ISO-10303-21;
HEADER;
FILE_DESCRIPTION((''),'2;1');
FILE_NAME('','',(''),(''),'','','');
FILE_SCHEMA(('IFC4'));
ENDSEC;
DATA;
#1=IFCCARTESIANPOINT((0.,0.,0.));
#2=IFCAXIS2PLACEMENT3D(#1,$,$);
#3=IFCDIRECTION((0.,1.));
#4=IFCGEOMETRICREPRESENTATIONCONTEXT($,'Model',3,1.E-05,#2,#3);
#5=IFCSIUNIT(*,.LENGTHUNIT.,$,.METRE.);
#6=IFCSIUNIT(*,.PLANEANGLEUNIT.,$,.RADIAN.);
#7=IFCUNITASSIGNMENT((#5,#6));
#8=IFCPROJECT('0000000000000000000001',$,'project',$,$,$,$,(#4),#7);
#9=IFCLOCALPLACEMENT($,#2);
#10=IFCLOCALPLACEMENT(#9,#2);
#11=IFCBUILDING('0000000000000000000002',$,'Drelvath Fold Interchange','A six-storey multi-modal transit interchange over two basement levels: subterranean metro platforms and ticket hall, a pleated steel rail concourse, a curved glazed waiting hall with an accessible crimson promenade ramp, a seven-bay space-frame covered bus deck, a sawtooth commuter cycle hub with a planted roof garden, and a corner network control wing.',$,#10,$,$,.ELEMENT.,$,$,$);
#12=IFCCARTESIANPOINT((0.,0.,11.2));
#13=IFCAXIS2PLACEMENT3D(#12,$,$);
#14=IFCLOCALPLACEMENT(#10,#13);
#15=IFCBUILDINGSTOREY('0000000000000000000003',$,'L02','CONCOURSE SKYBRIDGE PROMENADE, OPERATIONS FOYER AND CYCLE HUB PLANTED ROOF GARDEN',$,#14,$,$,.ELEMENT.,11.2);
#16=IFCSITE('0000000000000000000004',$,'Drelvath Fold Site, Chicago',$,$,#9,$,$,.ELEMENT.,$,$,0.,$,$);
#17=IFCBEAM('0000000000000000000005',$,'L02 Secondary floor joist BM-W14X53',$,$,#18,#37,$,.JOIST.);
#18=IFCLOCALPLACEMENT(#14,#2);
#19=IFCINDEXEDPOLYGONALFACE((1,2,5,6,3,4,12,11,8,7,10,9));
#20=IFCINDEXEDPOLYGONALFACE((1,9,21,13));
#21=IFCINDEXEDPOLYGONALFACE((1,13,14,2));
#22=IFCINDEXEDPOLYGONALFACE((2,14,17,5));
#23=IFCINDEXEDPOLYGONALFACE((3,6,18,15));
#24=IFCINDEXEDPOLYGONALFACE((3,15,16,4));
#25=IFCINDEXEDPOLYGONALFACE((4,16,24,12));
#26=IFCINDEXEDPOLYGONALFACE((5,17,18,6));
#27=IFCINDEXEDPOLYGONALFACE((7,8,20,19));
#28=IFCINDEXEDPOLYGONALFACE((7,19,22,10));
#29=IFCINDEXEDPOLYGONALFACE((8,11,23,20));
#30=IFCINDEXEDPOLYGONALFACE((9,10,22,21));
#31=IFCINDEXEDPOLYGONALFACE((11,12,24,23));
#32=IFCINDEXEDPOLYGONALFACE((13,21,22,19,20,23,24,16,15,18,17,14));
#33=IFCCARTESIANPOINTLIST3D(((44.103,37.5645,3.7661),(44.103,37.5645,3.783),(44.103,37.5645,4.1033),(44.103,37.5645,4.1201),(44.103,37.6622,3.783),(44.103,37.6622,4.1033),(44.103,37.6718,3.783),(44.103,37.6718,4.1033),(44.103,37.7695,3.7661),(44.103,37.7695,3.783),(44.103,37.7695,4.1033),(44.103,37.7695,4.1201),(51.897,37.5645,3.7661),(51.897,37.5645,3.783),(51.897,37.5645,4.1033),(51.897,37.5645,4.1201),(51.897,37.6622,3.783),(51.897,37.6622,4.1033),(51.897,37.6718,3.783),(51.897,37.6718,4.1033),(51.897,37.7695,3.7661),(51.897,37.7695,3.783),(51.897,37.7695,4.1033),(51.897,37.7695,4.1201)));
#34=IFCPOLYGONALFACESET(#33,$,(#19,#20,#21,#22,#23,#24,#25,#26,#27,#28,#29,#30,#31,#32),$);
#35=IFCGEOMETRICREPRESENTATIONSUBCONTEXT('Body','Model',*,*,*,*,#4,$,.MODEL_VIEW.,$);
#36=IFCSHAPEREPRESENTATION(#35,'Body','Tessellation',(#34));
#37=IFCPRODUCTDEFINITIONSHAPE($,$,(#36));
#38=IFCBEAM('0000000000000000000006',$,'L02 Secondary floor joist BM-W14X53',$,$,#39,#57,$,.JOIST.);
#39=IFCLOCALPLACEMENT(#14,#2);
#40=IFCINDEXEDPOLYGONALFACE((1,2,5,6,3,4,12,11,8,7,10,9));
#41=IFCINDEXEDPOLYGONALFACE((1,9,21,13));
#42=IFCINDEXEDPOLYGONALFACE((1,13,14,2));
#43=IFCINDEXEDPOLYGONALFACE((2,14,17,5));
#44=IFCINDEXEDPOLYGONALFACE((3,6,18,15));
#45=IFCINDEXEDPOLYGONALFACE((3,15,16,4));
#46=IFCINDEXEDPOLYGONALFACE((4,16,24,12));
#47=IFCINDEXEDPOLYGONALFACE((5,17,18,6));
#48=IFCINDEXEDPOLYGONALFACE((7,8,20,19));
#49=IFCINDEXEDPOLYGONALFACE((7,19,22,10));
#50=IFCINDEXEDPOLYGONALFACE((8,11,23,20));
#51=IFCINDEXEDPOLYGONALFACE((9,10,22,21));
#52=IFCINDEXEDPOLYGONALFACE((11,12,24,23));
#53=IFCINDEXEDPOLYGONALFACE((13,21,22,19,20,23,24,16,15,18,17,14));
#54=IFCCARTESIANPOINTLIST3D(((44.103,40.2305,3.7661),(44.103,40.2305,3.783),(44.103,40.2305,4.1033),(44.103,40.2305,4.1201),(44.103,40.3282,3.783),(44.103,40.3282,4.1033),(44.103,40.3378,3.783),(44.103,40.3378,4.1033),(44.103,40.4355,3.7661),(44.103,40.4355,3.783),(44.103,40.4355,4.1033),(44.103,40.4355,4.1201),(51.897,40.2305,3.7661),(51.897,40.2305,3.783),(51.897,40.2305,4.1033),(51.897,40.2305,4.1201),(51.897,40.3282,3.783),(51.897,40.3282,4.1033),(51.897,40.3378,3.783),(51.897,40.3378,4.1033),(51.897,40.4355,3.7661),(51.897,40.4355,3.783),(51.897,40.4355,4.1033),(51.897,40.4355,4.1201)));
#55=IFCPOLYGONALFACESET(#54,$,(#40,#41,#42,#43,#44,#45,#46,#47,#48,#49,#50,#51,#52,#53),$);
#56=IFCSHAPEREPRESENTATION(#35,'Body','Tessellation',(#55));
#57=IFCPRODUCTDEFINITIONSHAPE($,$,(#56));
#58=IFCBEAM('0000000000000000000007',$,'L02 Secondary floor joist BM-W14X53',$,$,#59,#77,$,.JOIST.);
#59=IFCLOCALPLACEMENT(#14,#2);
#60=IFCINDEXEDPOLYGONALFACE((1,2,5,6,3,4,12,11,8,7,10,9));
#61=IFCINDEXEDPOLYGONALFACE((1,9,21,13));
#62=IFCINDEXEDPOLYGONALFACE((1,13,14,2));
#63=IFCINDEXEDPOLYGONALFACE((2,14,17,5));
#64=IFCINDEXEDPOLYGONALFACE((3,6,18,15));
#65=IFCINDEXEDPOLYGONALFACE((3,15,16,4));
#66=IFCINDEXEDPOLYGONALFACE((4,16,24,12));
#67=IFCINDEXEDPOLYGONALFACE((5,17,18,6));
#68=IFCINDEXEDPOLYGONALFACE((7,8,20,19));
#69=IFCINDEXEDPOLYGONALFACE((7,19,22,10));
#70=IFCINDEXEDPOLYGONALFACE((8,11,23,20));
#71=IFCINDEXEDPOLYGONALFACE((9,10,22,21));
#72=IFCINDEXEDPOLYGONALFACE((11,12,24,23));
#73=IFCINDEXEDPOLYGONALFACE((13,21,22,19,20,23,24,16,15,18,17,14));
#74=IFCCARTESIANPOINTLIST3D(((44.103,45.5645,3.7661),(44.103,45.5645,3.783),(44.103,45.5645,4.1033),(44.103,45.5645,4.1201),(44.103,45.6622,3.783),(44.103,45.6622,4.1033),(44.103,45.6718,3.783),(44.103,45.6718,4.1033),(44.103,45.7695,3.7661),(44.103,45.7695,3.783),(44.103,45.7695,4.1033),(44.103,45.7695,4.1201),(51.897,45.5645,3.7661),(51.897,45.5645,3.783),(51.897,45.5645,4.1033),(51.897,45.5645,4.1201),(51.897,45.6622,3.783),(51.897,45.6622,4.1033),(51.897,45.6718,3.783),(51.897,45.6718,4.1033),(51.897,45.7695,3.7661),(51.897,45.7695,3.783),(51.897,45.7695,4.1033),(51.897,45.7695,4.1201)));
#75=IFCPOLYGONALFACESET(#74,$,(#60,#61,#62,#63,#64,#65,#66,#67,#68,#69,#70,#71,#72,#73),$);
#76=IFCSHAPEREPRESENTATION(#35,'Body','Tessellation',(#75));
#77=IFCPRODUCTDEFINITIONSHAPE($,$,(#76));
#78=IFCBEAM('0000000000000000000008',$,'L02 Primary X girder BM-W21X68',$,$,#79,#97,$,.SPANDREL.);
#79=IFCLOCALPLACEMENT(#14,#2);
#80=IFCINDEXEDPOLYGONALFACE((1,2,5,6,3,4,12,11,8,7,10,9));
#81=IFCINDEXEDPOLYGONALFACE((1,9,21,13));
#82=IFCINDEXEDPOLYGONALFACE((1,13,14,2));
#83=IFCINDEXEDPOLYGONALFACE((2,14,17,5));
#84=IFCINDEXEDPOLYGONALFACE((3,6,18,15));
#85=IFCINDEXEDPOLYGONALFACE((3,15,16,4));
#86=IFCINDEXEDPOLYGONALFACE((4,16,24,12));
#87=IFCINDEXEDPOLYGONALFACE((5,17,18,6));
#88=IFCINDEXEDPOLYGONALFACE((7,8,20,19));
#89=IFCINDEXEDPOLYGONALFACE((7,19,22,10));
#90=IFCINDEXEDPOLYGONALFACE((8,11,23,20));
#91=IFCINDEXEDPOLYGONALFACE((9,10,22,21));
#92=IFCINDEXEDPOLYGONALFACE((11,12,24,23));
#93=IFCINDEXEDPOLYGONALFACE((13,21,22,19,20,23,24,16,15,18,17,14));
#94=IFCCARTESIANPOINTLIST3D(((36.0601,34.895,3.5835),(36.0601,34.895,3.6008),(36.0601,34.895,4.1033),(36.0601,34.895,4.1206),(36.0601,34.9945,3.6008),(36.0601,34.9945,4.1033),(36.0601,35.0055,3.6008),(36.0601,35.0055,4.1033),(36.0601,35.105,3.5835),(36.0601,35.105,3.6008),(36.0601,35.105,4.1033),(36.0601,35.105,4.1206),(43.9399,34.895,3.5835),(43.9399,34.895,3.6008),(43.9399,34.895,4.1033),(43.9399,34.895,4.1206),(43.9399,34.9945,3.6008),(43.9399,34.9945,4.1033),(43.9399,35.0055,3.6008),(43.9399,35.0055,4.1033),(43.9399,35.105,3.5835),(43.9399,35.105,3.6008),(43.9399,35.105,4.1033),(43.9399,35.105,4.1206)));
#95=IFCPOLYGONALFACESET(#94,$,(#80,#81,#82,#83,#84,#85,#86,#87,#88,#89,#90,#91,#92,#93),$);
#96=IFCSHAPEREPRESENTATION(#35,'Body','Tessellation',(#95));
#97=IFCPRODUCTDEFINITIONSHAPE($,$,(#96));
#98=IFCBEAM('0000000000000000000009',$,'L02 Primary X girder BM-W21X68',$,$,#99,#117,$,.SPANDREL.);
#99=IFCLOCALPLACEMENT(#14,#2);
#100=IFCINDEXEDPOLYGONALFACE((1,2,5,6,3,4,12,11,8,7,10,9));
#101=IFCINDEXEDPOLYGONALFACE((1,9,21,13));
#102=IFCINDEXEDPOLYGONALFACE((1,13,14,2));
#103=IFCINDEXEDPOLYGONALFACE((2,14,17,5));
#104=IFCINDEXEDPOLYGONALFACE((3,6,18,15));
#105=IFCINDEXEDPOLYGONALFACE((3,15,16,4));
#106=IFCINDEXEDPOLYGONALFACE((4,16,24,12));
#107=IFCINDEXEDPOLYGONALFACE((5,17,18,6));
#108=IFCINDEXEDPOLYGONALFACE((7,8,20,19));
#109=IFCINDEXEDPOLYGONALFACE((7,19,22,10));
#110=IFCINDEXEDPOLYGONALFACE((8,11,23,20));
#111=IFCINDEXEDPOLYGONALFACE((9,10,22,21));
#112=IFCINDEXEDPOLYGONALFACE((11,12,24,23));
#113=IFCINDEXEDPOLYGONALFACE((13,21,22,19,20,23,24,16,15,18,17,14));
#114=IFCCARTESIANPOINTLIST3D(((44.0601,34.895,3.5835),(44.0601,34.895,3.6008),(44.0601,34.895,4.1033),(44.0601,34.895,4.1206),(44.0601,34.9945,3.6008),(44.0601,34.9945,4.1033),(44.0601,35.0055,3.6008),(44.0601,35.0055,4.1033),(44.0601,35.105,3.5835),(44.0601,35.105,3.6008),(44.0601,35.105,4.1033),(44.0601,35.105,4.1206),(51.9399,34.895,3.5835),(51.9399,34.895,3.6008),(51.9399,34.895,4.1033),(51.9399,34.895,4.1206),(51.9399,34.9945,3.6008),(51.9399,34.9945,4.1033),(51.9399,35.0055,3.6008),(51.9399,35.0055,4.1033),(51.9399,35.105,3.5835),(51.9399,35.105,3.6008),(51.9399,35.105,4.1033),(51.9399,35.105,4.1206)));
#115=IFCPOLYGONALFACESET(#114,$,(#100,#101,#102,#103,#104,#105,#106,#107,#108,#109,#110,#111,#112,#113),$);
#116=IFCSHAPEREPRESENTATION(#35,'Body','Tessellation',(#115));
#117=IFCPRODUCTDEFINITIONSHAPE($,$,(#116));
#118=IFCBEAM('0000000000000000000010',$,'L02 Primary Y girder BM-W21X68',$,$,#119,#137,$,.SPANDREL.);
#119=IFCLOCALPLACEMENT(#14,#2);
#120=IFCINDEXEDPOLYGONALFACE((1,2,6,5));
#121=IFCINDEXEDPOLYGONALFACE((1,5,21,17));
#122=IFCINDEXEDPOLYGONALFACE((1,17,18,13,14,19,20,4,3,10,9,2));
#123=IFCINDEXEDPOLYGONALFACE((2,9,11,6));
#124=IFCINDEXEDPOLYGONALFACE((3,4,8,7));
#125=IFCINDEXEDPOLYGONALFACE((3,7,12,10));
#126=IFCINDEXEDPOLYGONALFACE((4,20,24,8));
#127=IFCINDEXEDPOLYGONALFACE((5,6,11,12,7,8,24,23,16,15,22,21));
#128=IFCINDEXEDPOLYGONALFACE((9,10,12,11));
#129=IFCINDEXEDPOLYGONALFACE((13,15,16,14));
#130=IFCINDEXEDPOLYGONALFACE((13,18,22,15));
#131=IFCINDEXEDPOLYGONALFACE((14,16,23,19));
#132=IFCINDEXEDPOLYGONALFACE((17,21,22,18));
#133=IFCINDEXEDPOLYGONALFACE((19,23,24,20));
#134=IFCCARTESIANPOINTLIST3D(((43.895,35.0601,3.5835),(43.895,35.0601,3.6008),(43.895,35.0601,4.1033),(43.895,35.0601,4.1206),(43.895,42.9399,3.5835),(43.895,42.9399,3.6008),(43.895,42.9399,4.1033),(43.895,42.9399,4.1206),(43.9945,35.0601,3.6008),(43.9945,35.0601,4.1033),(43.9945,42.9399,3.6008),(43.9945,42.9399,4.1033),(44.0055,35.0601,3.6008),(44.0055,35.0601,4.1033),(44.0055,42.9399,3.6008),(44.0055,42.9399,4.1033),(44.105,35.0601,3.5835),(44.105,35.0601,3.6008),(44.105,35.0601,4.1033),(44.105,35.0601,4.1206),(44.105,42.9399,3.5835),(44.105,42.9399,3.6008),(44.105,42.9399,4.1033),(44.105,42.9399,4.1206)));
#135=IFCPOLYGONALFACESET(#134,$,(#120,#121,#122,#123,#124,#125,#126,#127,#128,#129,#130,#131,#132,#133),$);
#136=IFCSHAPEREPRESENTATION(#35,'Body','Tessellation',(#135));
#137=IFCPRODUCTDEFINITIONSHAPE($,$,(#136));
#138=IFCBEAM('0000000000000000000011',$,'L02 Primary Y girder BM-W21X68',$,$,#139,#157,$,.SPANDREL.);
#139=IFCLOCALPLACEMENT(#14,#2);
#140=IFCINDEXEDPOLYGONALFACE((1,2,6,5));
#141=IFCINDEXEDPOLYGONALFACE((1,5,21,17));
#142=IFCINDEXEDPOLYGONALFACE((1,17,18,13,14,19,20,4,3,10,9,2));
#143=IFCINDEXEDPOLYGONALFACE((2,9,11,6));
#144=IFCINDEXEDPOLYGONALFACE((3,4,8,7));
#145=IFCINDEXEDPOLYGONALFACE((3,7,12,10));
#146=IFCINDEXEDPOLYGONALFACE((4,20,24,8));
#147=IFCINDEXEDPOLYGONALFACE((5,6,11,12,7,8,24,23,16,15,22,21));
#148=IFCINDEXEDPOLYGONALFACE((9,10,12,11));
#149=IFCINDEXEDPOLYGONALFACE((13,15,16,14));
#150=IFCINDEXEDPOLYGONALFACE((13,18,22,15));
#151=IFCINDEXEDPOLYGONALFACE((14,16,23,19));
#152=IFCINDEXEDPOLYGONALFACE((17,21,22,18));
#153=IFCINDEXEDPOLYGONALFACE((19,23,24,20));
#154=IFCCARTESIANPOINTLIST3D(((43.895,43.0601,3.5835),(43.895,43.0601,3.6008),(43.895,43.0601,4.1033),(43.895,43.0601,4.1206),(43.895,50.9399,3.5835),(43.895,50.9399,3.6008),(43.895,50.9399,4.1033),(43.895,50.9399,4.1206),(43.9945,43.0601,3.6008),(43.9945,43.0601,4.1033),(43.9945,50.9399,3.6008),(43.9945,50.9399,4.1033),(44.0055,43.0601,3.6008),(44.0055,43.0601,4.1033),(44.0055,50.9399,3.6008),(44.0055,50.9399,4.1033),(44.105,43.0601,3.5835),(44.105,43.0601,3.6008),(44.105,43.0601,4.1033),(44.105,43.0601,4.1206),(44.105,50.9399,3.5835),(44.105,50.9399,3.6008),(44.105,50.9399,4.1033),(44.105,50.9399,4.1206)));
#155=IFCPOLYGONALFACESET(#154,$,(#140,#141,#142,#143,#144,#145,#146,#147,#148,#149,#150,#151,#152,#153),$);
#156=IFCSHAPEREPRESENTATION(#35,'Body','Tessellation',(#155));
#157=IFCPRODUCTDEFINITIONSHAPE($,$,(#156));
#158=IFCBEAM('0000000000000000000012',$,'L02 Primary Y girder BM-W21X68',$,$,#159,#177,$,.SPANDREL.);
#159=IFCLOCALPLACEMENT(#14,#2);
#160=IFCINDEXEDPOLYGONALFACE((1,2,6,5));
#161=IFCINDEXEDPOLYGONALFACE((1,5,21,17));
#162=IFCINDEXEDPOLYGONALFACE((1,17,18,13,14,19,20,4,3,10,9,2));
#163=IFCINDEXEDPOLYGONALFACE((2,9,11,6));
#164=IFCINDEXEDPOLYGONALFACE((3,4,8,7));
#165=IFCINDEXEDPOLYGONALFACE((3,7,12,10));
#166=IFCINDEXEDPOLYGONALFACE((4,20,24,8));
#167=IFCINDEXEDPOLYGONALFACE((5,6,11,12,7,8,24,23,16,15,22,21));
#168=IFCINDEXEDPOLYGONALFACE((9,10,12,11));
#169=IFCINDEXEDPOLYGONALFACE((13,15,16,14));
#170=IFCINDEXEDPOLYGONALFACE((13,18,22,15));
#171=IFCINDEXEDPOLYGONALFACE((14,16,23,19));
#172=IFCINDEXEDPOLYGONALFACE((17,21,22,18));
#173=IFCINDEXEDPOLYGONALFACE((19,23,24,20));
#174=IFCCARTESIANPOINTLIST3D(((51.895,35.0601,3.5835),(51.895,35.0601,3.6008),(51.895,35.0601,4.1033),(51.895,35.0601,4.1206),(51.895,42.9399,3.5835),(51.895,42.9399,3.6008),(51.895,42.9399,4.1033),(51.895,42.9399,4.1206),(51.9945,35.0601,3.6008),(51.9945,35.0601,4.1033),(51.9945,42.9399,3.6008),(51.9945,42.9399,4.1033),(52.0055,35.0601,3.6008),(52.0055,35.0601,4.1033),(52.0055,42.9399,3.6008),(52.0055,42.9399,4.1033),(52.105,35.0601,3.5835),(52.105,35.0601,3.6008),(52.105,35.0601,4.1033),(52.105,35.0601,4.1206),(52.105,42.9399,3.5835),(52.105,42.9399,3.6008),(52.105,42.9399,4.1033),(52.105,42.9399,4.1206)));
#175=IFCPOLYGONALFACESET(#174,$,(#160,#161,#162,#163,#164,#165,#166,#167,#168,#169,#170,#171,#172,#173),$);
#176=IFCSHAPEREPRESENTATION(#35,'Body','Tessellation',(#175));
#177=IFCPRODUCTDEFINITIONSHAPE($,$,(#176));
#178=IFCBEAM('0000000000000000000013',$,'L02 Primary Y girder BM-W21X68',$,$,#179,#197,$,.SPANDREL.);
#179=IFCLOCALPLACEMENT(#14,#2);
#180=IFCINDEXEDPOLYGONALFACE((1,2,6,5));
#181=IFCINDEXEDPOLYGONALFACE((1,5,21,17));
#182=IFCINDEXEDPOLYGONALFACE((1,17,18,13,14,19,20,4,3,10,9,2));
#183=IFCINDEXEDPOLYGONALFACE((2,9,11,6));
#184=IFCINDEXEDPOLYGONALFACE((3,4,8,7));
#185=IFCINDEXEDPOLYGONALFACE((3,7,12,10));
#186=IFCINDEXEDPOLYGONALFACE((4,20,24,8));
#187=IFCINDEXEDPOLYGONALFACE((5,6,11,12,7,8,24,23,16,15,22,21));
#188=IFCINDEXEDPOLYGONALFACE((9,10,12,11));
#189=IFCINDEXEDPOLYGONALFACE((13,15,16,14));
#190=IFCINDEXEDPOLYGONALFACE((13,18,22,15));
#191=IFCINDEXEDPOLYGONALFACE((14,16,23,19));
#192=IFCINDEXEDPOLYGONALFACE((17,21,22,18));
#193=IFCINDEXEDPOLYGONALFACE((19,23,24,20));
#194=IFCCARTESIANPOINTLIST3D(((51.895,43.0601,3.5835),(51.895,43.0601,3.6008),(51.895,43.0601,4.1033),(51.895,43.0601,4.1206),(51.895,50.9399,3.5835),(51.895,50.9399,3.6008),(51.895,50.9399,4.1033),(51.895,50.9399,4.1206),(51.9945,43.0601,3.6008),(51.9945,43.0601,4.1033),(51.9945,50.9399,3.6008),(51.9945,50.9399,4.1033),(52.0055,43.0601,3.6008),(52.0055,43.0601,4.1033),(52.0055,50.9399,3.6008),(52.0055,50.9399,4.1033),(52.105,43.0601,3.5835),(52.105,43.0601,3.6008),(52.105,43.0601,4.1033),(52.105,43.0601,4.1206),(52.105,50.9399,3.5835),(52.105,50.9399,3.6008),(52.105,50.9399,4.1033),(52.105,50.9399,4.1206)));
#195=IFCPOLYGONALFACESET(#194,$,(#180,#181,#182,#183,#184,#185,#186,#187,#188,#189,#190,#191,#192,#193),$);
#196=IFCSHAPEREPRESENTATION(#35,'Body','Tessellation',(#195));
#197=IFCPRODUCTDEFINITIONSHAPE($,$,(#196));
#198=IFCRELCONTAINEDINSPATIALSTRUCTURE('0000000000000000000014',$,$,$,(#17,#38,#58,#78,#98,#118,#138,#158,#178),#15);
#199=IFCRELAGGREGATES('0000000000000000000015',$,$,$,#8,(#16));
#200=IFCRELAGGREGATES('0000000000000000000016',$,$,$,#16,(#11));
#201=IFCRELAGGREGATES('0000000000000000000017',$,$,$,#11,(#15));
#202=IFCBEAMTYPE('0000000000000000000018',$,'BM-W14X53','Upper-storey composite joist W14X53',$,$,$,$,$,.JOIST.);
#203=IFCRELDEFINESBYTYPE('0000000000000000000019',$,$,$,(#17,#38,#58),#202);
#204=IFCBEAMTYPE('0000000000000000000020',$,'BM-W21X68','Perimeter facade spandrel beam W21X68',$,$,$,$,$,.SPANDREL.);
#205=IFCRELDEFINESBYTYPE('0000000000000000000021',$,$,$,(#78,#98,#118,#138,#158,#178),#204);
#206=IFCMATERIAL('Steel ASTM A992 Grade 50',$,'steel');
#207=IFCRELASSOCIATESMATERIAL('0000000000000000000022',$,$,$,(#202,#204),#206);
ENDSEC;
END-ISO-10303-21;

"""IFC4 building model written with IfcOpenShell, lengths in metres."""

from ifc_helpers import new_model, si_unit, direction, frame, origin, origin_2d, place, context, subcontext, project, spatial, i_section, extrude, material, material_profile, profile_set, type_object, element, save


model = new_model("IFC4")

# Units and contexts
model_context = context("Model", 3, precision=1e-05, world=origin(), true_north=direction((0.0, 1.0)))
body_context = subcontext(model_context, "Body", "Model", "MODEL_VIEW")
ifc_project = project(units=[si_unit("LENGTHUNIT", "METRE"), si_unit("PLANEANGLEUNIT", "RADIAN")], contexts=[model_context])

# Site, building, storey
site_placement = place(None, origin())
site = spatial("IfcSite", under=ifc_project, at=site_placement, Name="Drelvath Fold Site, Chicago", CompositionType="ELEMENT", RefElevation=0.0)
building_placement = place(site_placement, origin())
building = spatial("IfcBuilding", under=site, at=building_placement, Name="Drelvath Fold Interchange", Description="A six-storey multi-modal transit interchange over two basement levels: subterranean metro platforms and ticket hall, a pleated steel rail concourse, a curved glazed waiting hall with an accessible crimson promenade ramp, a seven-bay space-frame covered bus deck, a sawtooth commuter cycle hub with a planted roof garden, and a corner network control wing.", CompositionType="ELEMENT")
storey_placement = place(building_placement, frame((0.0, 0.0, 11.2)))
storey = spatial("IfcBuildingStorey", under=building, at=storey_placement, Name="L02", Description="CONCOURSE SKYBRIDGE PROMENADE, OPERATIONS FOYER AND CYCLE HUB PLANTED ROOF GARDEN", CompositionType="ELEMENT", Elevation=11.2)

# Shared definitions
ifc_material_1 = material(Name="Steel ASTM A992 Grade 50", Category="steel")

# Beams
ifc_material_profile_1 = material_profile(ifc_material_1, i_section(OverallWidth=0.2051, OverallDepth=0.354, WebThickness=0.0095, FlangeThickness=0.0168, at=origin_2d()), Name="W14X53")
ifc_profile_set_1 = profile_set([ifc_material_profile_1], Name="Steel ASTM A992 Grade 50")
beam_type_1 = type_object("IfcBeamType", Name="BM-W14X53", Description="Upper-storey composite joist W14X53", PredefinedType="JOIST", material=ifc_profile_set_1)
for number, where, z_axis, x_axis, name in (
    (1, (44.103, 37.667, 3.9431), (1.0, 0.0, 0.0), (0.0, 1.0, 0.0), "L02 Secondary floor joist BM-W14X53"),
    (2, (44.103, 40.333, 3.9431), (1.0, 0.0, 0.0), (0.0, 1.0, 0.0), "L02 Secondary floor joist BM-W14X53"),
    (3, (44.103, 45.667, 3.9431), (1.0, 0.0, 0.0), (0.0, 1.0, 0.0), "L02 Secondary floor joist BM-W14X53"),
):
    element("IfcBeam", number, at=place(storey_placement, frame(where, z_axis=z_axis, x_axis=x_axis)), inside=storey, type_object=beam_type_1, Name=name, PredefinedType="JOIST", context=body_context, shape_type="SweptSolid", body=[
        extrude(i_section(OverallWidth=0.2051, OverallDepth=0.354, WebThickness=0.0095, FlangeThickness=0.0168, at=origin_2d()), origin(), (0.0, 0.0, 1.0), 7.7939),
    ])
ifc_material_profile_2 = material_profile(ifc_material_1, i_section(OverallWidth=0.21, OverallDepth=0.5371, WebThickness=0.011, FlangeThickness=0.0173, at=origin_2d()), Name="W21X68")
ifc_profile_set_2 = profile_set([ifc_material_profile_2], Name="Steel ASTM A992 Grade 50")
beam_type_2 = type_object("IfcBeamType", Name="BM-W21X68", Description="Perimeter facade spandrel beam W21X68", PredefinedType="SPANDREL", material=ifc_profile_set_2)
for number, where, z_axis, x_axis, name in (
    (4, (36.0601, 35.0, 3.8521), (1.0, 0.0, 0.0), (0.0, 1.0, 0.0), "L02 Primary X girder BM-W21X68"),
    (5, (44.0601, 35.0, 3.8521), (1.0, 0.0, 0.0), (0.0, 1.0, 0.0), "L02 Primary X girder BM-W21X68"),
    (6, (44.0, 35.0601, 3.8521), (0.0, 1.0, 0.0), (-1.0, 0.0, 0.0), "L02 Primary Y girder BM-W21X68"),
    (7, (44.0, 43.0601, 3.8521), (0.0, 1.0, 0.0), (-1.0, 0.0, 0.0), "L02 Primary Y girder BM-W21X68"),
    (8, (52.0, 35.0601, 3.8521), (0.0, 1.0, 0.0), (-1.0, 0.0, 0.0), "L02 Primary Y girder BM-W21X68"),
    (9, (52.0, 43.0601, 3.8521), (0.0, 1.0, 0.0), (-1.0, 0.0, 0.0), "L02 Primary Y girder BM-W21X68"),
):
    element("IfcBeam", number, at=place(storey_placement, frame(where, z_axis=z_axis, x_axis=x_axis)), inside=storey, type_object=beam_type_2, Name=name, PredefinedType="SPANDREL", context=body_context, shape_type="SweptSolid", body=[
        extrude(i_section(OverallWidth=0.21, OverallDepth=0.5371, WebThickness=0.011, FlangeThickness=0.0173, at=origin_2d()), origin(), (0.0, 0.0, 1.0), 7.8799),
    ])

save(model, "model.ifc")
